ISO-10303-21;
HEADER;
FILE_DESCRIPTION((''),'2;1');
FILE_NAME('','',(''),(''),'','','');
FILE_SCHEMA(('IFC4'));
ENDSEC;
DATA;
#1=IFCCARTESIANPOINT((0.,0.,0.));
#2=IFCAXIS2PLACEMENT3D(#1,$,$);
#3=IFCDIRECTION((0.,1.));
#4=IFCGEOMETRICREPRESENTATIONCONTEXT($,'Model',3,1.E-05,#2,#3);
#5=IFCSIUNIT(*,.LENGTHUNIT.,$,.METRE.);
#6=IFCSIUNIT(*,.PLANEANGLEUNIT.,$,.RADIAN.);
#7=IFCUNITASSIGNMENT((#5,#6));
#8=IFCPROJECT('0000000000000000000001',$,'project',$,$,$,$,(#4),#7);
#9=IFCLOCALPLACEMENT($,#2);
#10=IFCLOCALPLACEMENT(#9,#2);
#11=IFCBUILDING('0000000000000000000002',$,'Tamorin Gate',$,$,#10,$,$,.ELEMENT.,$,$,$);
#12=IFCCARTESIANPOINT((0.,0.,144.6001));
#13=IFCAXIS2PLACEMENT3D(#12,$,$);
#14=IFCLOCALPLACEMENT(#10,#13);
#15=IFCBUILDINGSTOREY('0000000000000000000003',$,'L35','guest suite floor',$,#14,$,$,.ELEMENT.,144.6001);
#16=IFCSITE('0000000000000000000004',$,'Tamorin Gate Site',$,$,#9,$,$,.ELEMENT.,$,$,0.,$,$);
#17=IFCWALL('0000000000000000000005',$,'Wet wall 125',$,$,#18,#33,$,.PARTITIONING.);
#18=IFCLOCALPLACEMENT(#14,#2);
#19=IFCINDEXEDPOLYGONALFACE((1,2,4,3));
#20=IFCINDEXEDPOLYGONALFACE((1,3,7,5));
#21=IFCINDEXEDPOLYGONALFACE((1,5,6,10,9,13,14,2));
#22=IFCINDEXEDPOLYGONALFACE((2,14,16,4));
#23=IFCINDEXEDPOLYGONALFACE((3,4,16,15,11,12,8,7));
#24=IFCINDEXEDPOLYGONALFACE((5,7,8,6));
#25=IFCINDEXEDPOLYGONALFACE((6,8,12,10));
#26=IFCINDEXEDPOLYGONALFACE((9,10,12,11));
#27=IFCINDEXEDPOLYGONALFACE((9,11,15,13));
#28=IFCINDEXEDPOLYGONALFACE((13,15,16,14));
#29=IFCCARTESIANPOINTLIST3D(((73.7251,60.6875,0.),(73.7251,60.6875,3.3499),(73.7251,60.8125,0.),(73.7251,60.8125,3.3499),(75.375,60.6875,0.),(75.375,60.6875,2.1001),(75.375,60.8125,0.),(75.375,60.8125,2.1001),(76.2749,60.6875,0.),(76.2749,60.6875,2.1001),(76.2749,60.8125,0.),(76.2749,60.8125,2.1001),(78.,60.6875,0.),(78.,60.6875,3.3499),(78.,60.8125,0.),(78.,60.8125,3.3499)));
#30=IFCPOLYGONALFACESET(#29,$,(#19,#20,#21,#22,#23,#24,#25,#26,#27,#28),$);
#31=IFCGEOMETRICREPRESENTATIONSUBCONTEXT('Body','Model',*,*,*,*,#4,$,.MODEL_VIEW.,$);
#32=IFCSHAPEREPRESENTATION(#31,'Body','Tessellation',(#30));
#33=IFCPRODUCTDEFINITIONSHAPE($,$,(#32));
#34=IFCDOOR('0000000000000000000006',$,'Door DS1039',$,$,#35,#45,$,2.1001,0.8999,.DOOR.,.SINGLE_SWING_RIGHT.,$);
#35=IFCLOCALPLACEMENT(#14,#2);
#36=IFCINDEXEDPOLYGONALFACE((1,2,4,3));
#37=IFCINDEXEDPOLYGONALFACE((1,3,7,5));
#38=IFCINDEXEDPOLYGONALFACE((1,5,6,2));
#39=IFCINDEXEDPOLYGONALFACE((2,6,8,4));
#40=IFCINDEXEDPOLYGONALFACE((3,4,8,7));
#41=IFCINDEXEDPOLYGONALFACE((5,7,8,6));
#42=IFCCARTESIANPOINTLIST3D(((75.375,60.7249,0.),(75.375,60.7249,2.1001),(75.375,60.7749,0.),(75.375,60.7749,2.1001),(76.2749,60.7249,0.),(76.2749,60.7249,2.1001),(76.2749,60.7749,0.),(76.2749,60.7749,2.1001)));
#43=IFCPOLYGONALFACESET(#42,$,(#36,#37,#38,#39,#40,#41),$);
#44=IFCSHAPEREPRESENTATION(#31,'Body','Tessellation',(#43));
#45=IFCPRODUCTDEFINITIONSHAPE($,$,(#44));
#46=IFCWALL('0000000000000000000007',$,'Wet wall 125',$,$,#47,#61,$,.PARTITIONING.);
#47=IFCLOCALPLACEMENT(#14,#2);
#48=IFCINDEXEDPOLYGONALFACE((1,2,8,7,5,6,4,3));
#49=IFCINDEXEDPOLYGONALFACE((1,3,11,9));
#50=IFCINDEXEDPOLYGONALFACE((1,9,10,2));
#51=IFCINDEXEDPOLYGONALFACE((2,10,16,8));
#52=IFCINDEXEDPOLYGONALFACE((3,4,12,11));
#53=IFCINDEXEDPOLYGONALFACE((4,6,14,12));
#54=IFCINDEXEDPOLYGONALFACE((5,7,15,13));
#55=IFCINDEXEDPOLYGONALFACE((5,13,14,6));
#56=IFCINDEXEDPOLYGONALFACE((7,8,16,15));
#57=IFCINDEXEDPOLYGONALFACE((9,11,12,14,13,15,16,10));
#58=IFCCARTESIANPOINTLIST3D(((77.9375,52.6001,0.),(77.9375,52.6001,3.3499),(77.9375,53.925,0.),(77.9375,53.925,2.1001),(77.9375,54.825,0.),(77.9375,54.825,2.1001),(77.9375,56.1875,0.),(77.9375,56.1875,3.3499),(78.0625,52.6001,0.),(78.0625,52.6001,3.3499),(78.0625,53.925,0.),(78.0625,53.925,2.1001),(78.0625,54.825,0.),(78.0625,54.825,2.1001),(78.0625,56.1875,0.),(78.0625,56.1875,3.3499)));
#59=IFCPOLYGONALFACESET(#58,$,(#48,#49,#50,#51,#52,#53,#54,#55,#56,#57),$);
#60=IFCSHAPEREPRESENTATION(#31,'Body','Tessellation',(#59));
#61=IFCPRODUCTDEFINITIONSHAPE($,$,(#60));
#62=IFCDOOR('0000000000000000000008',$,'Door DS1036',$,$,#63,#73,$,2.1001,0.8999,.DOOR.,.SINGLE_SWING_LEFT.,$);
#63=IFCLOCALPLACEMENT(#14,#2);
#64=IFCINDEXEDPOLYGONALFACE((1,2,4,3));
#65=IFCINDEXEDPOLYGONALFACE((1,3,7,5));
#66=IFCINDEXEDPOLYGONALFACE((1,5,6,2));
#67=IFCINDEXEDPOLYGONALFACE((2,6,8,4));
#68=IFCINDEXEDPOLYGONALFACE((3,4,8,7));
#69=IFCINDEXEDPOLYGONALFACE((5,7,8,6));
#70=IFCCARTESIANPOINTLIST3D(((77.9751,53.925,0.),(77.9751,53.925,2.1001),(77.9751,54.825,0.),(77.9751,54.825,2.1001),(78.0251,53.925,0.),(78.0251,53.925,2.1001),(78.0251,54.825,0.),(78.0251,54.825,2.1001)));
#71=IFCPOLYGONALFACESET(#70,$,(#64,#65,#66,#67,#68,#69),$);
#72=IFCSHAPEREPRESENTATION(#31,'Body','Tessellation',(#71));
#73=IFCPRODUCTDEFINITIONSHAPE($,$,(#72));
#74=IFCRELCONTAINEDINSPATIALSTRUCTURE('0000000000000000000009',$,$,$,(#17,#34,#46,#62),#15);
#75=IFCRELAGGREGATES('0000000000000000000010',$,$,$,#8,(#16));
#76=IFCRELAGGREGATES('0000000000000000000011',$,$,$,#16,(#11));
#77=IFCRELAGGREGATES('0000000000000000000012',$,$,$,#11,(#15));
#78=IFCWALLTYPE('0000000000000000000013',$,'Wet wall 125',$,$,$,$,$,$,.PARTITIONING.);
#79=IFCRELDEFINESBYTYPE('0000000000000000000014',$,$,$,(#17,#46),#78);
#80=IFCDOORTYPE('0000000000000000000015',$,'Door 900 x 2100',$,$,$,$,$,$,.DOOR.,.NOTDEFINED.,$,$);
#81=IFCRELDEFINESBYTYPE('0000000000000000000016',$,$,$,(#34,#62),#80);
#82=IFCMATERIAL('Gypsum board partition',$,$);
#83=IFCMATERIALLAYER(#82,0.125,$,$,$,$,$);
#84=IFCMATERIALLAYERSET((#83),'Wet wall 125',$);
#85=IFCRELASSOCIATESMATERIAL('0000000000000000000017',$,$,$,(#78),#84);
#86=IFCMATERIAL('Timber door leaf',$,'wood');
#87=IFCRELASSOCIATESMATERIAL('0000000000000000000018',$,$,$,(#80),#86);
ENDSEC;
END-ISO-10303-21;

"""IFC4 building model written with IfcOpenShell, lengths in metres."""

from ifc_helpers import new_model, si_unit, direction, frame, frame_2d, origin, place, context, subcontext, project, spatial, rectangle, extrude, material, layer, layer_set, type_object, element, fill, save


model = new_model("IFC4")

# Units and contexts
model_context = context("Model", 3, precision=1e-05, world=origin(), true_north=direction((0.0, 1.0)))
body_context = subcontext(model_context, "Body", "Model", "MODEL_VIEW")
ifc_project = project(units=[si_unit("LENGTHUNIT", "METRE"), si_unit("PLANEANGLEUNIT", "RADIAN")], contexts=[model_context])

# Site, building, storey
site_placement = place(None, origin())
site = spatial("IfcSite", under=ifc_project, at=site_placement, Name="Tamorin Gate Site", CompositionType="ELEMENT", RefElevation=0.0)
building_placement = place(site_placement, origin())
building = spatial("IfcBuilding", under=site, at=building_placement, Name="Tamorin Gate", CompositionType="ELEMENT")
storey_placement = place(building_placement, frame((0.0, 0.0, 144.6001)))
storey = spatial("IfcBuildingStorey", under=building, at=storey_placement, Name="L35", Description="guest suite floor", CompositionType="ELEMENT", Elevation=144.6001)

# Shared definitions
ifc_material_1 = material(Name="Gypsum board partition")
ifc_material_2 = material(Name="Timber door leaf", Category="wood")

# Shared definitions
ifc_layer_1 = layer(ifc_material_1, 0.125)
ifc_layer_set_1 = layer_set([ifc_layer_1], Name="Wet wall 125")
wall_type_1 = type_object("IfcWallType", Name="Wet wall 125", PredefinedType="PARTITIONING", material=ifc_layer_set_1)

# Walls, openings, doors
wall_1_placement = place(storey_placement, frame((73.7251, 60.75, 0.0), z_axis=(0.0, 0.0, 1.0), x_axis=(1.0, 0.0, 0.0)))
wall_1 = element("IfcWall", 1, at=wall_1_placement, inside=storey, type_object=wall_type_1, Name="Wet wall 125", PredefinedType="PARTITIONING", context=body_context, shape_type="SweptSolid", body=[
    extrude(rectangle(XDim=4.2749, YDim=0.125, at=frame_2d((2.1375, 0.0))), origin(), (0.0, 0.0, 1.0), 3.3499),
])
opening_1_placement = place(wall_1_placement, frame((1.6499, 0.0, 0.0)))
opening_1 = element("IfcOpeningElement", 2, at=opening_1_placement, cuts=wall_1, PredefinedType="OPENING", context=body_context, shape_type="SweptSolid", body=[
    extrude(rectangle(XDim=0.8999, YDim=2.1001, at=frame_2d((0.45, 1.05))), frame((0.0, 0.0725, 0.0), z_axis=(0.0, -1.0, 0.0), x_axis=(1.0, 0.0, 0.0)), (0.0, 0.0, 1.0), 0.145),
])
door_type_1 = type_object("IfcDoorType", Name="Door 900 x 2100", OperationType="NOTDEFINED", PredefinedType="DOOR", material=ifc_material_2)
door_1_placement = place(opening_1_placement, origin())
door_1 = element("IfcDoor", 3, at=door_1_placement, inside=storey, type_object=door_type_1, Name="Door DS1039", OperationType="SINGLE_SWING_RIGHT", OverallHeight=2.1001, OverallWidth=0.8999, PredefinedType="DOOR", context=body_context, shape_type="SweptSolid", body=[
    extrude(rectangle(XDim=0.8999, YDim=2.1001, at=frame_2d((0.45, 1.05))), frame((0.0, 0.0249, 0.0), z_axis=(0.0, -1.0, 0.0), x_axis=(1.0, 0.0, 0.0)), (0.0, 0.0, 1.0), 0.05),
])
fill(opening_1, door_1)
wall_2_placement = place(storey_placement, frame((78.0, 52.6001, 0.0), z_axis=(0.0, 0.0, 1.0), x_axis=(0.0, 1.0, 0.0)))
wall_2 = element("IfcWall", 4, at=wall_2_placement, inside=storey, type_object=wall_type_1, Name="Wet wall 125", PredefinedType="PARTITIONING", context=body_context, shape_type="SweptSolid", body=[
    extrude(rectangle(XDim=3.5874, YDim=0.125, at=frame_2d((1.7937, 0.0))), origin(), (0.0, 0.0, 1.0), 3.3499),
])
opening_2_placement = place(wall_2_placement, frame((1.325, 0.0, 0.0)))
opening_2 = element("IfcOpeningElement", 5, at=opening_2_placement, cuts=wall_2, PredefinedType="OPENING", context=body_context, shape_type="SweptSolid", body=[
    extrude(rectangle(XDim=0.8999, YDim=2.1001, at=frame_2d((0.45, 1.05))), frame((0.0, 0.0725, 0.0), z_axis=(0.0, -1.0, 0.0), x_axis=(1.0, 0.0, 0.0)), (0.0, 0.0, 1.0), 0.145),
])
door_2_placement = place(opening_2_placement, origin())
door_2 = element("IfcDoor", 6, at=door_2_placement, inside=storey, type_object=door_type_1, Name="Door DS1036", OperationType="SINGLE_SWING_LEFT", OverallHeight=2.1001, OverallWidth=0.8999, PredefinedType="DOOR", context=body_context, shape_type="SweptSolid", body=[
    extrude(rectangle(XDim=0.8999, YDim=2.1001, at=frame_2d((0.45, 1.05))), frame((0.0, 0.0249, 0.0), z_axis=(0.0, -1.0, 0.0), x_axis=(1.0, 0.0, 0.0)), (0.0, 0.0, 1.0), 0.05),
])
fill(opening_2, door_2)

save(model, "model.ifc")
